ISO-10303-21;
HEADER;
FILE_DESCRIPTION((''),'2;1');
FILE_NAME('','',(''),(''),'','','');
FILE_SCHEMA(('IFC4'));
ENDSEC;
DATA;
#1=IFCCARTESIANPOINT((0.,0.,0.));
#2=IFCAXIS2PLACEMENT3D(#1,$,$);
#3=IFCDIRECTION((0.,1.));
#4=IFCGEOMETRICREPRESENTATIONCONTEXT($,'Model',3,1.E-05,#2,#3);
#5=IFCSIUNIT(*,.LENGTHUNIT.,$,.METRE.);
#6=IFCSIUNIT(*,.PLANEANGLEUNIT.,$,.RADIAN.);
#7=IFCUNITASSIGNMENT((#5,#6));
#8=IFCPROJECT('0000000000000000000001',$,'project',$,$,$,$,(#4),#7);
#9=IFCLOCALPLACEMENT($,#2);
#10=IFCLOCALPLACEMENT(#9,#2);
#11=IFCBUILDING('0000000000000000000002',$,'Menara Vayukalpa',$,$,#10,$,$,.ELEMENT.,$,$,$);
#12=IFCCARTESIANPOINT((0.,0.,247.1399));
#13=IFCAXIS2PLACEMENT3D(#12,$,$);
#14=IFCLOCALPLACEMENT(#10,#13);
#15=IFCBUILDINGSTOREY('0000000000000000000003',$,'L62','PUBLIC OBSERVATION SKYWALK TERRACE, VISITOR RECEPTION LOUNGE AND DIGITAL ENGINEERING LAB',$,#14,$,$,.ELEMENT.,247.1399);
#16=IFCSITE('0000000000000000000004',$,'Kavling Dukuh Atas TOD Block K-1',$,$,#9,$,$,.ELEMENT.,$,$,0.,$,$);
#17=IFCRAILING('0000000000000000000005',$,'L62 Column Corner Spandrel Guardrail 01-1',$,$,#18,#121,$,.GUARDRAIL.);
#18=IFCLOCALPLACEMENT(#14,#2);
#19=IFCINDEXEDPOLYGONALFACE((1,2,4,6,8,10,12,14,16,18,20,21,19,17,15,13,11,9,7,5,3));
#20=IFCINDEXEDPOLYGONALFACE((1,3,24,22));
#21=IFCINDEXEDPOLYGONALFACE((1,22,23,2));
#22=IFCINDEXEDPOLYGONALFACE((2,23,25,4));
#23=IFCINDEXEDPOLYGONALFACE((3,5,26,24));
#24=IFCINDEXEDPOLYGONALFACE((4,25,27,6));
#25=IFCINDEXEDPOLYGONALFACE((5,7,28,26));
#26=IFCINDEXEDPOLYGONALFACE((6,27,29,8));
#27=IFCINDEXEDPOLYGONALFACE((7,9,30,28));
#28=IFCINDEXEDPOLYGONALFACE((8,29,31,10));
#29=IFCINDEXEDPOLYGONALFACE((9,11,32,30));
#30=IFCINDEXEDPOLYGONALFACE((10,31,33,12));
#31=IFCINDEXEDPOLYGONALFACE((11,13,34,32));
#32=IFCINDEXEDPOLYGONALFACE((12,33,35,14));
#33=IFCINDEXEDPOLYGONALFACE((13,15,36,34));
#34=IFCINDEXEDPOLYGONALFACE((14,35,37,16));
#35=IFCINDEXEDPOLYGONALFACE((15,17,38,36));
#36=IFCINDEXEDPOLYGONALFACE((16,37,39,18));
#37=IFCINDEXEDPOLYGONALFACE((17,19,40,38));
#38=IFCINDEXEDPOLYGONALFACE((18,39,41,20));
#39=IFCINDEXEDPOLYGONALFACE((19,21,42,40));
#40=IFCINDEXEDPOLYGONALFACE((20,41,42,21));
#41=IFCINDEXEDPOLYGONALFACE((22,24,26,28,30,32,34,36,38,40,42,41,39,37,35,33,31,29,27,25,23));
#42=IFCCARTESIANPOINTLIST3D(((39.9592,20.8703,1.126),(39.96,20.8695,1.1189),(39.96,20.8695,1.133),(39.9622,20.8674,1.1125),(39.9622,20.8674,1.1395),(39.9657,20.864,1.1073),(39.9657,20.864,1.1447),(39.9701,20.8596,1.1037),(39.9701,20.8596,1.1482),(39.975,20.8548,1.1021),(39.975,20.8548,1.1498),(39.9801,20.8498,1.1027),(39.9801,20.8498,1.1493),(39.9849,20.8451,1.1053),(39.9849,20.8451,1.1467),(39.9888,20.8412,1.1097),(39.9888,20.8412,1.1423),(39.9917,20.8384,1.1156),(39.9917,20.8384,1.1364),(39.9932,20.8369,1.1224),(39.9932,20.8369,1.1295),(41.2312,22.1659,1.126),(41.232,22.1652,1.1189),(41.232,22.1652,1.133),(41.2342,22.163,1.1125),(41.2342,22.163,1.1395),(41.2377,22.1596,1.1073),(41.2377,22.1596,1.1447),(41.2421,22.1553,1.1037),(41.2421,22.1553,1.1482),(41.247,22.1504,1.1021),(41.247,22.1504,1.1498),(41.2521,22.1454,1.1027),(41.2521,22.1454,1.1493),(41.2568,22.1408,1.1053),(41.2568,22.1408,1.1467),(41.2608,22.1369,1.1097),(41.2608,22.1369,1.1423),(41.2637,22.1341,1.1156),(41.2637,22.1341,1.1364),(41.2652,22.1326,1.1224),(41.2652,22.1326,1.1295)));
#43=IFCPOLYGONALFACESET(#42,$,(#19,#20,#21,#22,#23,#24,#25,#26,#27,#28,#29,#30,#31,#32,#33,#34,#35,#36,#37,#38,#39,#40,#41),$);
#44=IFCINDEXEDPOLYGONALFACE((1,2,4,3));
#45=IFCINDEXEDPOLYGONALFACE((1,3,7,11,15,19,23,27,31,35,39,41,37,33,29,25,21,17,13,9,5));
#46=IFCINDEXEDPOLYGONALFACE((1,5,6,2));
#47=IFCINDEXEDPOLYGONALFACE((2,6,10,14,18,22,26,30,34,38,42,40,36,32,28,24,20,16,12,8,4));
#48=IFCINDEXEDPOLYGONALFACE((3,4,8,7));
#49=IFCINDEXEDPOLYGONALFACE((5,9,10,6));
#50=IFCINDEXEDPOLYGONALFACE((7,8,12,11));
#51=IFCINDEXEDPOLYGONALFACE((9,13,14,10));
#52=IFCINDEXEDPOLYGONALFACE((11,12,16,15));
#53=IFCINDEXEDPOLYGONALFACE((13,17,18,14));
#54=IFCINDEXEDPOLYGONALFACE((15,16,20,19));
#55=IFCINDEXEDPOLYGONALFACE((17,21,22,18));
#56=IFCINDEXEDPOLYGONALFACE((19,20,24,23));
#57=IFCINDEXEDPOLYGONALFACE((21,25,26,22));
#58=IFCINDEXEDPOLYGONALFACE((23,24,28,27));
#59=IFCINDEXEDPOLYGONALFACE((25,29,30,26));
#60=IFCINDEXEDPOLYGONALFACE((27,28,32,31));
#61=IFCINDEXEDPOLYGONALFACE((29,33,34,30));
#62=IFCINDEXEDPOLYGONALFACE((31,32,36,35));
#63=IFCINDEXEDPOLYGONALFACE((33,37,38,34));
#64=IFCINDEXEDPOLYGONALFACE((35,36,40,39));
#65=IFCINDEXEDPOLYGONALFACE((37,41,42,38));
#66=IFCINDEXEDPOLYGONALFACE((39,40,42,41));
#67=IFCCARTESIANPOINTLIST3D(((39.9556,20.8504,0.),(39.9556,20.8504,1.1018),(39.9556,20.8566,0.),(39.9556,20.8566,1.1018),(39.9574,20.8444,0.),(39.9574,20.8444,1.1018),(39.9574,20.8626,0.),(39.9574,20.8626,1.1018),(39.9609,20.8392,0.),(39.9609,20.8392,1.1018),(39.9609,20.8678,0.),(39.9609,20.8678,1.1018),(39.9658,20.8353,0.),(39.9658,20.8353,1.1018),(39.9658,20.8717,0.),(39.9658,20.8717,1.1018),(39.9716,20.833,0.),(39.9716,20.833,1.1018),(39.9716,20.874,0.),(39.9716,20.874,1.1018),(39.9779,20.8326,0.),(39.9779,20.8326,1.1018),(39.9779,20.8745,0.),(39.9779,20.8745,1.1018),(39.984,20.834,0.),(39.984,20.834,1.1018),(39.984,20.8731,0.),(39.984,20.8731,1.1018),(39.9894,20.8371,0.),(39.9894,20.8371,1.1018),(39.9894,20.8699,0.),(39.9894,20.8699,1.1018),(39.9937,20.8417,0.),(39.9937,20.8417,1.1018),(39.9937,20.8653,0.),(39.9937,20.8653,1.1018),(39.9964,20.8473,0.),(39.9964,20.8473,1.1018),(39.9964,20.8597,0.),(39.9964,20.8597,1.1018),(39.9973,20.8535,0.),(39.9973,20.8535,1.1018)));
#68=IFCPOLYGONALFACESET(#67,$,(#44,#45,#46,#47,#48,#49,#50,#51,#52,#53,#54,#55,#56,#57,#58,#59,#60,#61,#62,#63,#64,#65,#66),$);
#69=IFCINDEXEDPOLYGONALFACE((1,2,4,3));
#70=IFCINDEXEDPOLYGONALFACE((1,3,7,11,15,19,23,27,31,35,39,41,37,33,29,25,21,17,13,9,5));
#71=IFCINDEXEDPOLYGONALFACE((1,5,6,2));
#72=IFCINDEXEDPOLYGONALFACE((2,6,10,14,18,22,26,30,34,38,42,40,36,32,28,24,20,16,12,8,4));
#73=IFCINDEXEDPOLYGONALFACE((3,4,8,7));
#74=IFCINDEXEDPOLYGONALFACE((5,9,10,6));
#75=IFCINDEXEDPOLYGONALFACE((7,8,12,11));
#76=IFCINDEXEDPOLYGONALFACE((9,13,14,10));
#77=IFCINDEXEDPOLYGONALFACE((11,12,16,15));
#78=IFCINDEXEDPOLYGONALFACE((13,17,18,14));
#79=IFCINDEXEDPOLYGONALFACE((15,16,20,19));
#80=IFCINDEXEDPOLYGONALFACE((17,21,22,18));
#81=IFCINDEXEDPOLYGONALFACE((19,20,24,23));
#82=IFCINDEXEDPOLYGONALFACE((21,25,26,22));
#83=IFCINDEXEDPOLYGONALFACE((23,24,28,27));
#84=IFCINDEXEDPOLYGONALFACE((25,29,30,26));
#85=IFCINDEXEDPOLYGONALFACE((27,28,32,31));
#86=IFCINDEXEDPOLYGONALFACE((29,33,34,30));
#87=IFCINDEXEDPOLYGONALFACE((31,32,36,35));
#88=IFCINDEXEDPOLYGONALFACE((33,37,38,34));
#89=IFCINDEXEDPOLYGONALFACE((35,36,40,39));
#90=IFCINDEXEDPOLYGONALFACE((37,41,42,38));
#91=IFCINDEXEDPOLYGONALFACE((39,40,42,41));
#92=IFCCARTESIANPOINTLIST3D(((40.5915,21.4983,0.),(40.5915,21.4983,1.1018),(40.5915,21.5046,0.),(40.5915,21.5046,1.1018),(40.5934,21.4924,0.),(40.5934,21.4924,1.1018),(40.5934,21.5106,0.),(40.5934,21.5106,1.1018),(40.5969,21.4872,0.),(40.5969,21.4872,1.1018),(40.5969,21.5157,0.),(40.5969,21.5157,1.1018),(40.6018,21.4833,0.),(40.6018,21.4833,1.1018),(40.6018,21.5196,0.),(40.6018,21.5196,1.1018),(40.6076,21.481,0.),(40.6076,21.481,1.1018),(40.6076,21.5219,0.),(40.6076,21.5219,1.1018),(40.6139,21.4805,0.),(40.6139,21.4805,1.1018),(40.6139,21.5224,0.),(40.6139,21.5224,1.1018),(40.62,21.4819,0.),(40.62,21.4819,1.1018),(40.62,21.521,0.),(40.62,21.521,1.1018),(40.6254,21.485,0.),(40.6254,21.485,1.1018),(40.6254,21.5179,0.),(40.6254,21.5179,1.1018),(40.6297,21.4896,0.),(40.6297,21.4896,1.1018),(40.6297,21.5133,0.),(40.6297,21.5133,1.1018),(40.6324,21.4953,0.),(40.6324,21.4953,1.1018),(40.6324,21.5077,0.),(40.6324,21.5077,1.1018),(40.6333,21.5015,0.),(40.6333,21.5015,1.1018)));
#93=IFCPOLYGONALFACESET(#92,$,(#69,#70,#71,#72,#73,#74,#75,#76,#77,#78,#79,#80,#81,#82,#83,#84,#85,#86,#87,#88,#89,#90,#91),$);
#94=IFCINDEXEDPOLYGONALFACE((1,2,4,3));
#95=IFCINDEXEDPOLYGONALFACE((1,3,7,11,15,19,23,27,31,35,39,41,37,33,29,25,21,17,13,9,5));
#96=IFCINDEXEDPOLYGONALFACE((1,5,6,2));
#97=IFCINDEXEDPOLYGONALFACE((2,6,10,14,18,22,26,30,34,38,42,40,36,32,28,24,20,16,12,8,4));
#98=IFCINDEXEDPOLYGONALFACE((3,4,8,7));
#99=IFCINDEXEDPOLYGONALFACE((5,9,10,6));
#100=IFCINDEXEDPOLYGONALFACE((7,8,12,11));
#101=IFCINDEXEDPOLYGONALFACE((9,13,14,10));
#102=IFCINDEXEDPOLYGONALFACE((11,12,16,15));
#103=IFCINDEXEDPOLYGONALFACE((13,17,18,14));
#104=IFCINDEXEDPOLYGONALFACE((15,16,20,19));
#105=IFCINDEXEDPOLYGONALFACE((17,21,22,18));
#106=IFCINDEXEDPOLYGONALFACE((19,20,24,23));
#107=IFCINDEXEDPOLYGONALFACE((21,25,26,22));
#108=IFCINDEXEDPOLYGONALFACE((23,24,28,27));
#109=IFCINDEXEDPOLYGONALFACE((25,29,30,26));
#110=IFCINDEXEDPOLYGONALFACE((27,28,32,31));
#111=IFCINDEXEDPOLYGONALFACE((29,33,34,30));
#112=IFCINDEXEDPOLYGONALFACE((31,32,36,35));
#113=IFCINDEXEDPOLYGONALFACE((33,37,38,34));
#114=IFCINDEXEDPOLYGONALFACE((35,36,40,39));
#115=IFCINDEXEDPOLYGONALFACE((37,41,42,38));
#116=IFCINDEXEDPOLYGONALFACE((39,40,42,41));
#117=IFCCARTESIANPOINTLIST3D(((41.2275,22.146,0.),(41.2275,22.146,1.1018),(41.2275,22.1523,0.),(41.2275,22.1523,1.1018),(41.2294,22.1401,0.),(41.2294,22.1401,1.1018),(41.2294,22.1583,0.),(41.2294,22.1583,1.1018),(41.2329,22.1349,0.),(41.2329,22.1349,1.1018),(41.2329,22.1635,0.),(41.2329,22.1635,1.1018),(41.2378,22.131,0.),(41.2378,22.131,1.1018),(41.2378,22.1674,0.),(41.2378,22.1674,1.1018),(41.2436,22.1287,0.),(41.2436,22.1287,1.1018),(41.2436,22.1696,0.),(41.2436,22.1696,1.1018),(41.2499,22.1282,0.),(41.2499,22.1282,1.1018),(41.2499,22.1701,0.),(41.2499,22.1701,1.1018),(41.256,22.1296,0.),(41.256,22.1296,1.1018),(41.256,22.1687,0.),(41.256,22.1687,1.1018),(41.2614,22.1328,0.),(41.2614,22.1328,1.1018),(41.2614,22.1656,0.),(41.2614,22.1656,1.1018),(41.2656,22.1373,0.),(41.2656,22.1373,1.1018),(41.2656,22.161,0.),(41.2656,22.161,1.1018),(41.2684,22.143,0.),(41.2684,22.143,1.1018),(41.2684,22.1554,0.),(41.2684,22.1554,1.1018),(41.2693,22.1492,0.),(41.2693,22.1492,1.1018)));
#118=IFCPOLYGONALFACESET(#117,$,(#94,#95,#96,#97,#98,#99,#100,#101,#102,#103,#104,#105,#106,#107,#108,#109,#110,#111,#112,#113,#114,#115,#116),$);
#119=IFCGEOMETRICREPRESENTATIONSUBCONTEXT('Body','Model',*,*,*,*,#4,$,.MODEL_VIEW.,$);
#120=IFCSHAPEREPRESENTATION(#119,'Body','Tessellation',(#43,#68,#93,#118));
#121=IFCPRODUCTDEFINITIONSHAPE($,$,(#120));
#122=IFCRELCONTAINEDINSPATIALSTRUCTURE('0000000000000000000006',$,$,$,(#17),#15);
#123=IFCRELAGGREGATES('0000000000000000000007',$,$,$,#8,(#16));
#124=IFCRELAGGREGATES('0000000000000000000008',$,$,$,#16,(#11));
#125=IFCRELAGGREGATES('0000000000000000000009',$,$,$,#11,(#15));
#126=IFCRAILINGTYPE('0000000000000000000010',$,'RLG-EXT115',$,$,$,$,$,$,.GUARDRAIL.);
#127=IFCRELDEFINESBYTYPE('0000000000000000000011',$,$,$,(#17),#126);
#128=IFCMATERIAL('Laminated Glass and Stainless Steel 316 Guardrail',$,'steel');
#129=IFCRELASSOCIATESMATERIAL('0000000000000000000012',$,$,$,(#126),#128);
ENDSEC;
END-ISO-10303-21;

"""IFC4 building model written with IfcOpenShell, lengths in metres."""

from ifc_helpers import new_model, si_unit, direction, frame, origin, origin_2d, place, context, subcontext, project, spatial, circle, extrude, material, type_object, element, save


model = new_model("IFC4")

# Units and contexts
model_context = context("Model", 3, precision=1e-05, world=origin(), true_north=direction((0.0, 1.0)))
body_context = subcontext(model_context, "Body", "Model", "MODEL_VIEW")
ifc_project = project(units=[si_unit("LENGTHUNIT", "METRE"), si_unit("PLANEANGLEUNIT", "RADIAN")], contexts=[model_context])

# Site, building, storey
site_placement = place(None, origin())
site = spatial("IfcSite", under=ifc_project, at=site_placement, Name="Kavling Dukuh Atas TOD Block K-1", CompositionType="ELEMENT", RefElevation=0.0)
building_placement = place(site_placement, origin())
building = spatial("IfcBuilding", under=site, at=building_placement, Name="Menara Vayukalpa", CompositionType="ELEMENT")
storey_placement = place(building_placement, frame((0.0, 0.0, 247.1399)))
storey = spatial("IfcBuildingStorey", under=building, at=storey_placement, Name="L62", Description="PUBLIC OBSERVATION SKYWALK TERRACE, VISITOR RECEPTION LOUNGE AND DIGITAL ENGINEERING LAB", CompositionType="ELEMENT", Elevation=247.1399)

# Railing
ifc_material_1 = material(Name="Laminated Glass and Stainless Steel 316 Guardrail", Category="steel")
railing_type = type_object("IfcRailingType", Name="RLG-EXT115", PredefinedType="GUARDRAIL", material=ifc_material_1)
railing_1_placement = place(storey_placement, frame((39.9763, 20.8535, 0.0)))
element("IfcRailing", 1, at=railing_1_placement, inside=storey, type_object=railing_type, Name="L62 Column Corner Spandrel Guardrail 01-1", PredefinedType="GUARDRAIL", context=body_context, shape_type="SweptSolid", body=[
    extrude(circle(Radius=0.0239, at=origin_2d()), frame((0.0, 0.0, 1.126), z_axis=(0.700555, 0.713598, 0.0), x_axis=(-0.713598, 0.700555, 0.0)), (0.0, 0.0, 1.0), 1.8157),
    extrude(circle(Radius=0.021, at=origin_2d()), origin(), (0.0, 0.0, 1.0), 1.1018),
    extrude(circle(Radius=0.021, at=origin_2d()), frame((0.636, 0.6479, 0.0)), (0.0, 0.0, 1.0), 1.1018),
    extrude(circle(Radius=0.021, at=origin_2d()), frame((1.272, 1.2957, 0.0)), (0.0, 0.0, 1.0), 1.1018),
])

save(model, "model.ifc")
